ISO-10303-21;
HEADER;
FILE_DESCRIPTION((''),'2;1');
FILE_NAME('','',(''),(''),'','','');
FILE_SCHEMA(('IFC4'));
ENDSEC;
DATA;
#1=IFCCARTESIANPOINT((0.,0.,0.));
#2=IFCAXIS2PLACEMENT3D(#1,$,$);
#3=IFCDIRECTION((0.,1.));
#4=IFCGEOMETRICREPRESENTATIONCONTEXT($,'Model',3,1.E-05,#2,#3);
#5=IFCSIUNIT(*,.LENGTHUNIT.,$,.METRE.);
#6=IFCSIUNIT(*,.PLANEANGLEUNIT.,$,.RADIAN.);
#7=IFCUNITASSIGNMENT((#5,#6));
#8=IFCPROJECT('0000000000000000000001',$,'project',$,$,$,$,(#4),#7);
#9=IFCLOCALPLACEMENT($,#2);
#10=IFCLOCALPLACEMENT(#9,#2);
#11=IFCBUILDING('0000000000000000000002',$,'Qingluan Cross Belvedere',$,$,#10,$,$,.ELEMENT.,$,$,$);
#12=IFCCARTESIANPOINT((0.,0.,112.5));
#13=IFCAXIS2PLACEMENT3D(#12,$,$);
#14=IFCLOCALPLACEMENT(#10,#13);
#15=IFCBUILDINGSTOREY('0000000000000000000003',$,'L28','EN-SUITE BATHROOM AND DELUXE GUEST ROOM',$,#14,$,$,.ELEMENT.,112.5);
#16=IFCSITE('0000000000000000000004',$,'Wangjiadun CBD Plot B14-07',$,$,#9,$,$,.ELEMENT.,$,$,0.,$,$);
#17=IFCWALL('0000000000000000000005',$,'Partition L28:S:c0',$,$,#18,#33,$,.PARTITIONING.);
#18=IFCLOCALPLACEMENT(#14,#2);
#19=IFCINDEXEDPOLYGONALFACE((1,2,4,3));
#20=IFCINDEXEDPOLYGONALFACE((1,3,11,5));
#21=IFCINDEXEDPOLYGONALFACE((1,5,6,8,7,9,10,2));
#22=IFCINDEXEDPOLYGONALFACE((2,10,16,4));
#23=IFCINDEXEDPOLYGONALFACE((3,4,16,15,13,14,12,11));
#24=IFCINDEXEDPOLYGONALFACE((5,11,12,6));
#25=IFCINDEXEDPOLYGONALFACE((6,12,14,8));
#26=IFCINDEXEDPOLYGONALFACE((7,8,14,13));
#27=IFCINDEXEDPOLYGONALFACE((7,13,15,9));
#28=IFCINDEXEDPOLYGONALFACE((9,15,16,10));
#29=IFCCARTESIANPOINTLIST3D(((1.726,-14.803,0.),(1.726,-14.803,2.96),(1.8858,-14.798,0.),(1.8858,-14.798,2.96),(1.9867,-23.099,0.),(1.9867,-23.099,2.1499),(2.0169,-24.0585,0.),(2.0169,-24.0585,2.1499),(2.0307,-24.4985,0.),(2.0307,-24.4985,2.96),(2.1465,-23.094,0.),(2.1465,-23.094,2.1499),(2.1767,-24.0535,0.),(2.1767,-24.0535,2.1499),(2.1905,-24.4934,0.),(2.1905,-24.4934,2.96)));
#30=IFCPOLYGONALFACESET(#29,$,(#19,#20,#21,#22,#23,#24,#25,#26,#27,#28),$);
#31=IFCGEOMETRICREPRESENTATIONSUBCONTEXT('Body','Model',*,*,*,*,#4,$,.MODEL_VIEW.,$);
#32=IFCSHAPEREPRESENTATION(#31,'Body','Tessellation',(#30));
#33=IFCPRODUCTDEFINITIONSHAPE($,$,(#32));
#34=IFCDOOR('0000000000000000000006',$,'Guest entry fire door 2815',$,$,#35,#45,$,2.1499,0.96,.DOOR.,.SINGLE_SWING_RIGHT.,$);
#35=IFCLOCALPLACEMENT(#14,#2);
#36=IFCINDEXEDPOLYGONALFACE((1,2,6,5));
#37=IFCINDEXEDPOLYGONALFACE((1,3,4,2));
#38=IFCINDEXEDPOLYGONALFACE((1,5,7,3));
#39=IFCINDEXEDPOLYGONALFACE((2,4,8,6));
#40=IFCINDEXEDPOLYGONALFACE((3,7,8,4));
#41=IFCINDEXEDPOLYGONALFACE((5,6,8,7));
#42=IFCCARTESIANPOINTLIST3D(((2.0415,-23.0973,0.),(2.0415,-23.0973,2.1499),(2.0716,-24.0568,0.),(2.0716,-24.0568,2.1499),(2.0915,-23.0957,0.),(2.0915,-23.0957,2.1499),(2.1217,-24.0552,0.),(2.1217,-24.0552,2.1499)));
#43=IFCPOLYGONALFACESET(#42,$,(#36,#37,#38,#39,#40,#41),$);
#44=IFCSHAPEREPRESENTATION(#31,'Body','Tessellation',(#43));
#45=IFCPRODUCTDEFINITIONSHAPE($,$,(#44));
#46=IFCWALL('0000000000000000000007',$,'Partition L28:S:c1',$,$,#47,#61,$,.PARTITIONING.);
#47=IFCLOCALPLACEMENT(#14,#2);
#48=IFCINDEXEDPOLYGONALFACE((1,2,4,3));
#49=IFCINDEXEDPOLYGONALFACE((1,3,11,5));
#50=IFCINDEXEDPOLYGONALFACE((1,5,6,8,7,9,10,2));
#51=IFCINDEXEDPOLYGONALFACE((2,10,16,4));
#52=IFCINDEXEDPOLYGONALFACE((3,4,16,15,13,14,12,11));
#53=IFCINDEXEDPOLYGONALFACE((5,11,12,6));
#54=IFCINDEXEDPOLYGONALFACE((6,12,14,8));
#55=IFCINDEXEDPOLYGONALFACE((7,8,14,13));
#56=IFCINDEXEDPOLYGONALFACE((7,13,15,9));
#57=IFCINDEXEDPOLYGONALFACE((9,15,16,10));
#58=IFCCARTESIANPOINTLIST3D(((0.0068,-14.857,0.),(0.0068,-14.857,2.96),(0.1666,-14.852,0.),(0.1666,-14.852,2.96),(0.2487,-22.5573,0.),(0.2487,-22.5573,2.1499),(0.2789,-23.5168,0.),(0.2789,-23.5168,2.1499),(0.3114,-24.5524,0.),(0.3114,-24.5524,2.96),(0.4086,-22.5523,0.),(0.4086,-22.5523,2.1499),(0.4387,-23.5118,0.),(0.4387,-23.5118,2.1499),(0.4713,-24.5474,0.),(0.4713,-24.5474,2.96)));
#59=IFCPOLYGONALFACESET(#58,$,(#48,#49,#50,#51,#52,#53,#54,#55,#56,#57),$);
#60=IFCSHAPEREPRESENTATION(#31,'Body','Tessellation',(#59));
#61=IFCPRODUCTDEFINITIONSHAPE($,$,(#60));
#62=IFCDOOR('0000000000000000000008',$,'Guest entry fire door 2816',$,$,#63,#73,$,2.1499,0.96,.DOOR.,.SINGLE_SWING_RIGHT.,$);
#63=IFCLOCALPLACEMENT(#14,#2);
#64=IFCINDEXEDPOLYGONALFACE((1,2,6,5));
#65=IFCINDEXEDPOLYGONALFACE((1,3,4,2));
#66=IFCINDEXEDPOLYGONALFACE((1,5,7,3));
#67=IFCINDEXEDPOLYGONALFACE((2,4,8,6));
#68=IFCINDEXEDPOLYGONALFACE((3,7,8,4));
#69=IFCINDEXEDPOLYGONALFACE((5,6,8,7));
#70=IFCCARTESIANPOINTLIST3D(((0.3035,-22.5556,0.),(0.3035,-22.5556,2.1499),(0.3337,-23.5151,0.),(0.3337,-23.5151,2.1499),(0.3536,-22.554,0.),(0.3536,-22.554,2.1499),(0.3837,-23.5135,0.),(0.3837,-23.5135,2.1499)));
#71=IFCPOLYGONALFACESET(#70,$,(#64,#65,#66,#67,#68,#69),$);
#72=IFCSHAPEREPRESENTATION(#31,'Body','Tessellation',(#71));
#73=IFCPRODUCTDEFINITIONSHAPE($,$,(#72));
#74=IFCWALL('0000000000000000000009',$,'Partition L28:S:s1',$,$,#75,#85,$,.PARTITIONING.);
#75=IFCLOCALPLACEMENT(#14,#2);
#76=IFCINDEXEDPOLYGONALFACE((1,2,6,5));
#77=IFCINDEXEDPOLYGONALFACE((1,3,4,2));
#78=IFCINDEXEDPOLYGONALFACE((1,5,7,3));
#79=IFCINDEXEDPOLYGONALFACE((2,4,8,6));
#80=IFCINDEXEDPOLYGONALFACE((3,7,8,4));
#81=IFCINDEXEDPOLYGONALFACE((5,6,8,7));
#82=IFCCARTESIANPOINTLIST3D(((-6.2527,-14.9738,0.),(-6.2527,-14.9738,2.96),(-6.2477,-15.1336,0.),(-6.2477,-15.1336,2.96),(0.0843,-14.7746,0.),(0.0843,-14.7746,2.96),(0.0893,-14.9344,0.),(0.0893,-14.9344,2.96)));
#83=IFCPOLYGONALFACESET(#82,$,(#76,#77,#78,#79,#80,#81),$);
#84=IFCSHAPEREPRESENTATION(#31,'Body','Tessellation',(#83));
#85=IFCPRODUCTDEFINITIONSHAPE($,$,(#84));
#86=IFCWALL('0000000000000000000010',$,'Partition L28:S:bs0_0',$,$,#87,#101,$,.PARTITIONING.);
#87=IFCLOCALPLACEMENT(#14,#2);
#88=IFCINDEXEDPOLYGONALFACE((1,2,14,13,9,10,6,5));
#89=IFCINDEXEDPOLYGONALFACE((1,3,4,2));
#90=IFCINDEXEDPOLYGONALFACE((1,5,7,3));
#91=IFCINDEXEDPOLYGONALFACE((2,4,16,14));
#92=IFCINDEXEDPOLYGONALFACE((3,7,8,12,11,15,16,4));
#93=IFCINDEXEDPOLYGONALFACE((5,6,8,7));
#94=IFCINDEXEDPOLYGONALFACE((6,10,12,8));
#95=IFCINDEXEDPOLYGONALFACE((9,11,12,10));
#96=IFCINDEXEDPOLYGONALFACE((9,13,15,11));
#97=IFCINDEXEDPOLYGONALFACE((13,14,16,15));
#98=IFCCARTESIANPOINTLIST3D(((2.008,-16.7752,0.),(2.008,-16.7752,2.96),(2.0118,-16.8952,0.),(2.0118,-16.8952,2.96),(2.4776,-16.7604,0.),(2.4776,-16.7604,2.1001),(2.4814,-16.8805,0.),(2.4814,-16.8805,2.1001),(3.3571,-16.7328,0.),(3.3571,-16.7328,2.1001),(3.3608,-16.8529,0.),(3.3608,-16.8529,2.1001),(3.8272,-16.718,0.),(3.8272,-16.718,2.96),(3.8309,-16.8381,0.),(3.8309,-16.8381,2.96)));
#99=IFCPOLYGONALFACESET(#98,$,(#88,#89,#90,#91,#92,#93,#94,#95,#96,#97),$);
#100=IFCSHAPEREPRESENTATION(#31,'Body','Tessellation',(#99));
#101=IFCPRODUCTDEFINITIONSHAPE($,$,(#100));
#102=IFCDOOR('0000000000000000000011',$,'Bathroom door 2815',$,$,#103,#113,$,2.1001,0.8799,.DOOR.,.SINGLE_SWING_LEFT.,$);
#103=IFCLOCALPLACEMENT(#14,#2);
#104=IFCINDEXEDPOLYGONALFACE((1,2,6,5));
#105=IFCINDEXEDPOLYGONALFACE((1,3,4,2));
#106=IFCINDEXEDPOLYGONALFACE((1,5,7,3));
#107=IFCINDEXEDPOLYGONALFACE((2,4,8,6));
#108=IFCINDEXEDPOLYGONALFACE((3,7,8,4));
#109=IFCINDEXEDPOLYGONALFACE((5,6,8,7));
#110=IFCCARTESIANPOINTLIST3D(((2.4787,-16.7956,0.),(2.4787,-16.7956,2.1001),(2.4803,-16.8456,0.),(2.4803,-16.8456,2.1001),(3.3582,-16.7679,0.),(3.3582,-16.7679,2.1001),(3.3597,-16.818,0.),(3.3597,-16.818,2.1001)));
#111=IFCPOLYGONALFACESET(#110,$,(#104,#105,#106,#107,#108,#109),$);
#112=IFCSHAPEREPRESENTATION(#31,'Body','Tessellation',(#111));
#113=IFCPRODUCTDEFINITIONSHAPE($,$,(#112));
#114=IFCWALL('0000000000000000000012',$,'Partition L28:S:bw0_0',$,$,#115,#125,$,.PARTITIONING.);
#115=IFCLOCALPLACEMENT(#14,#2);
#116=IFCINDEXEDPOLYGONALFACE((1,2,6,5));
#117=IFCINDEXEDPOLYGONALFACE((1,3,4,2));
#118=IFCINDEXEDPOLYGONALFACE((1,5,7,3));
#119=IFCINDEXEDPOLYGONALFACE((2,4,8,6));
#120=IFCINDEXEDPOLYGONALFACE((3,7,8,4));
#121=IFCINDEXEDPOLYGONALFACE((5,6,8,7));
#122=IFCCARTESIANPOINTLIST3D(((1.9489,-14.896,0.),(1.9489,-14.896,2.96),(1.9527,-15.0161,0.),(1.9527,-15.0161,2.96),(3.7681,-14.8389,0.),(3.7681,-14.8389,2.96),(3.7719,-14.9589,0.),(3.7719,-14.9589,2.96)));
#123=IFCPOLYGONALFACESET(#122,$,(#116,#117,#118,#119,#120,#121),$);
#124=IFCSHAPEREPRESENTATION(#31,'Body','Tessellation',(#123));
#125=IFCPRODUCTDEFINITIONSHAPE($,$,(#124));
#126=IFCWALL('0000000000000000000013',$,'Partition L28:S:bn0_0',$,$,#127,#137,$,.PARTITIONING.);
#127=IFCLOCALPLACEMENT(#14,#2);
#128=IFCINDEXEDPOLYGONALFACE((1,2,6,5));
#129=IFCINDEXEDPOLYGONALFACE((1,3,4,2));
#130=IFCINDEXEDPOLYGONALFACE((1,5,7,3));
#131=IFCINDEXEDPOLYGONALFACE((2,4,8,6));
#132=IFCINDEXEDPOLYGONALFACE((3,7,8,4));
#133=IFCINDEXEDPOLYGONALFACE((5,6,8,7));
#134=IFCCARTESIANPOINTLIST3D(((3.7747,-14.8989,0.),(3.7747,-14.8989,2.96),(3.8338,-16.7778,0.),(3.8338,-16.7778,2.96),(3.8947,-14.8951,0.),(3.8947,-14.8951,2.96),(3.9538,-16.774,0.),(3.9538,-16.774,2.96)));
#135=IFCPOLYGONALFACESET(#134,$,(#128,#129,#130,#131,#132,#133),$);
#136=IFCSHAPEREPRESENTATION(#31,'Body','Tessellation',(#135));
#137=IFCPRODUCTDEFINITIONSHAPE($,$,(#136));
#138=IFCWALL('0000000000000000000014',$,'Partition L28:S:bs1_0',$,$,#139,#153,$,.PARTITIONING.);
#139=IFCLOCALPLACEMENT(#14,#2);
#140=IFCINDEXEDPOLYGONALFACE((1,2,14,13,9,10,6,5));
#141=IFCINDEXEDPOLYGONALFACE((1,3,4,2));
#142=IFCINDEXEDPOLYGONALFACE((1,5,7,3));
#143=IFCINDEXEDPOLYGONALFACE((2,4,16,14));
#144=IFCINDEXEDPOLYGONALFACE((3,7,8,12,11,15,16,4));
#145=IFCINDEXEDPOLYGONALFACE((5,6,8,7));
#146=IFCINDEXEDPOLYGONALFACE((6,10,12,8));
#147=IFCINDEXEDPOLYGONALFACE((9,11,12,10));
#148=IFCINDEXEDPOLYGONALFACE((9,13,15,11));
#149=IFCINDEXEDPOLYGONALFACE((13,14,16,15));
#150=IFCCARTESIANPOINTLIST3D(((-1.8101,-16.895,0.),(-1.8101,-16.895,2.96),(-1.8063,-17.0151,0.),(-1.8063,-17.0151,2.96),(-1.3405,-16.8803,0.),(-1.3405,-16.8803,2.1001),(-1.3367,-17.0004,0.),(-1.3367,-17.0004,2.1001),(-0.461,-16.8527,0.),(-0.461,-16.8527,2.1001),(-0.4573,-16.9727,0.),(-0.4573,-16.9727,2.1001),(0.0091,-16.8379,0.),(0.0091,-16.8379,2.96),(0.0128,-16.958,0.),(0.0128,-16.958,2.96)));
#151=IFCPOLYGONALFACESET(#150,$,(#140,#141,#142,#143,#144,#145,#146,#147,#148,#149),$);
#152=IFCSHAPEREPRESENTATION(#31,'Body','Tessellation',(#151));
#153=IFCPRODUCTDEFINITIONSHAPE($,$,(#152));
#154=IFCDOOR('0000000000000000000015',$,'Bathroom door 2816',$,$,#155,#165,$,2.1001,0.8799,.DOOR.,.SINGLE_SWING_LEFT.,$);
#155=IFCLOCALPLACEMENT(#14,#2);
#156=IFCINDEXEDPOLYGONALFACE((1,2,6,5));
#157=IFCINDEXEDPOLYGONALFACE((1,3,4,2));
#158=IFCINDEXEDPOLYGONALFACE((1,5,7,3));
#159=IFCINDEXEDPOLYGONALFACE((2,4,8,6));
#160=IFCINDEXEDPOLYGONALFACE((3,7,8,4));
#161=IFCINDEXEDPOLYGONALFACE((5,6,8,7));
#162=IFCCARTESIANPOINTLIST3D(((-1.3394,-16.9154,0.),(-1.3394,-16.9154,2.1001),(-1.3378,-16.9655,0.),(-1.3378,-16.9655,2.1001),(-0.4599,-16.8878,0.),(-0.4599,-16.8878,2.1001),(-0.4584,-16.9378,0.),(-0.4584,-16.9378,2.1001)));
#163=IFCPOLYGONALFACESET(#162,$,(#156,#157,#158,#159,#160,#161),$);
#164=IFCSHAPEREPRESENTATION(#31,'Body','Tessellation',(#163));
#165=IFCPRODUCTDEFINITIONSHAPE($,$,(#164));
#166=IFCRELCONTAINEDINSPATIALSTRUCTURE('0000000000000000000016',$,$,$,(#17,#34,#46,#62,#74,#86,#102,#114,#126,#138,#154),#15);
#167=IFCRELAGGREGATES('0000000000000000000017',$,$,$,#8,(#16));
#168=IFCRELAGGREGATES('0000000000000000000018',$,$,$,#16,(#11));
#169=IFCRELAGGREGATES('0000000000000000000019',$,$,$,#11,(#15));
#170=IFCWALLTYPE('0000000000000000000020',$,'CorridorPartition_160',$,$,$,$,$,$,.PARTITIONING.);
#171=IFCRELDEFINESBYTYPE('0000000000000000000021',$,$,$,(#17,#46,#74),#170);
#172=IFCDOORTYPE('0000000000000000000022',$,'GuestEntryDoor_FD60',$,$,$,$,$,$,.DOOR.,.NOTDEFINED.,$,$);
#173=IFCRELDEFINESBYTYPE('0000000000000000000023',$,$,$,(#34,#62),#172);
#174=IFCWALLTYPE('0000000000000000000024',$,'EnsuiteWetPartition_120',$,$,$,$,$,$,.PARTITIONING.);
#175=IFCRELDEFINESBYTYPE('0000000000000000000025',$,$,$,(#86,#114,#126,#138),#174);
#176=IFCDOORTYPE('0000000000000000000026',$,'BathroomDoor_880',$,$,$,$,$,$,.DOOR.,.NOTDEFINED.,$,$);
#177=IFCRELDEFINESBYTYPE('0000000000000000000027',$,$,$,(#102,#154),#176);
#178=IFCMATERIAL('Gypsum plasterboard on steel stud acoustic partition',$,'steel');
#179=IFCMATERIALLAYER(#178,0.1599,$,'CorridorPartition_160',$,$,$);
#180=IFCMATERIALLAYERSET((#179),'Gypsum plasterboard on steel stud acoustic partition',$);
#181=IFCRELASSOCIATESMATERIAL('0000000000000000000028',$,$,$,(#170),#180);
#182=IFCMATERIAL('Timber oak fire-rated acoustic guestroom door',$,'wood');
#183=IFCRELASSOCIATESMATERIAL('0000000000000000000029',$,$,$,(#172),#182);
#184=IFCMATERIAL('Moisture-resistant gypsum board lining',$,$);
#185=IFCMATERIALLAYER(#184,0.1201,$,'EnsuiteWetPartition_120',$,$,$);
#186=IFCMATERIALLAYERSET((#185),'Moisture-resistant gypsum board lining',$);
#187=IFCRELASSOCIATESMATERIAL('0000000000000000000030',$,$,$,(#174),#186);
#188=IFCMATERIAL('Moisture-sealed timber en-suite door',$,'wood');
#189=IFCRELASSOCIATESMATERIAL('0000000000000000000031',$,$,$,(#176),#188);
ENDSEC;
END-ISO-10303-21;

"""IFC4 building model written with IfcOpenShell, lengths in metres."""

from ifc_helpers import new_model, si_unit, direction, frame, frame_2d, origin, place, context, subcontext, project, spatial, rectangle, extrude, material, layer, layer_set, type_object, element, fill, save


model = new_model("IFC4")

# Units and contexts
model_context = context("Model", 3, precision=1e-05, world=origin(), true_north=direction((0.0, 1.0)))
body_context = subcontext(model_context, "Body", "Model", "MODEL_VIEW")
ifc_project = project(units=[si_unit("LENGTHUNIT", "METRE"), si_unit("PLANEANGLEUNIT", "RADIAN")], contexts=[model_context])

# Site, building, storey
site_placement = place(None, origin())
site = spatial("IfcSite", under=ifc_project, at=site_placement, Name="Wangjiadun CBD Plot B14-07", CompositionType="ELEMENT", RefElevation=0.0)
building_placement = place(site_placement, origin())
building = spatial("IfcBuilding", under=site, at=building_placement, Name="Qingluan Cross Belvedere", CompositionType="ELEMENT")
storey_placement = place(building_placement, frame((0.0, 0.0, 112.5)))
storey = spatial("IfcBuildingStorey", under=building, at=storey_placement, Name="L28", Description="EN-SUITE BATHROOM AND DELUXE GUEST ROOM", CompositionType="ELEMENT", Elevation=112.5)

# Walls, openings, doors
ifc_material_1 = material(Name="Gypsum plasterboard on steel stud acoustic partition", Category="steel")
ifc_layer_1 = layer(ifc_material_1, 0.1599, Name="CorridorPartition_160")
ifc_layer_set_1 = layer_set([ifc_layer_1], Name="Gypsum plasterboard on steel stud acoustic partition")
wall_type_1 = type_object("IfcWallType", Name="CorridorPartition_160", PredefinedType="PARTITIONING", material=ifc_layer_set_1)
wall_1_placement = place(storey_placement, frame((1.8059, -14.8005, 0.0), z_axis=(0.0, 0.0, 1.0), x_axis=(0.031411, -0.999507, 0.0)))
wall_1 = element("IfcWall", 1, at=wall_1_placement, inside=storey, type_object=wall_type_1, Name="Partition L28:S:c0", PredefinedType="PARTITIONING", context=body_context, shape_type="SweptSolid", body=[
    extrude(rectangle(XDim=9.7002, YDim=0.1599, at=frame_2d((4.8501, 0.0))), origin(), (0.0, 0.0, 1.0), 2.96),
])
opening_1_placement = place(wall_1_placement, frame((8.3, 0.0, 0.0)))
opening_1 = element("IfcOpeningElement", 2, at=opening_1_placement, cuts=wall_1, PredefinedType="OPENING", context=body_context, shape_type="SweptSolid", body=[
    extrude(rectangle(XDim=0.96, YDim=2.1499, at=frame_2d((0.48, 1.075))), frame((0.0, 0.0898, 0.0), z_axis=(0.0, -1.0, 0.0), x_axis=(1.0, 0.0, 0.0)), (0.0, 0.0, 1.0), 0.1799),
])
ifc_material_2 = material(Name="Timber oak fire-rated acoustic guestroom door", Category="wood")
door_type_1 = type_object("IfcDoorType", Name="GuestEntryDoor_FD60", OperationType="NOTDEFINED", PredefinedType="DOOR", material=ifc_material_2)
door_1_placement = place(opening_1_placement, origin())
door_1 = element("IfcDoor", 3, at=door_1_placement, inside=storey, type_object=door_type_1, Name="Guest entry fire door 2815", OperationType="SINGLE_SWING_RIGHT", OverallHeight=2.1499, OverallWidth=0.96, PredefinedType="DOOR", context=body_context, shape_type="SweptSolid", body=[
    extrude(rectangle(XDim=0.96, YDim=2.1499, at=frame_2d((0.48, 1.075))), frame((0.0, 0.0249, 0.0), z_axis=(0.0, -1.0, 0.0), x_axis=(1.0, 0.0, 0.0)), (0.0, 0.0, 1.0), 0.05),
])
fill(opening_1, door_1)
wall_2_placement = place(storey_placement, frame((0.0867, -14.8545, 0.0), z_axis=(0.0, 0.0, 1.0), x_axis=(0.031411, -0.999507, 0.0)))
wall_2 = element("IfcWall", 4, at=wall_2_placement, inside=storey, type_object=wall_type_1, Name="Partition L28:S:c1", PredefinedType="PARTITIONING", context=body_context, shape_type="SweptSolid", body=[
    extrude(rectangle(XDim=9.7002, YDim=0.1599, at=frame_2d((4.8501, 0.0))), origin(), (0.0, 0.0, 1.0), 2.96),
])
opening_2_placement = place(wall_2_placement, frame((7.7041, 0.0, 0.0)))
opening_2 = element("IfcOpeningElement", 5, at=opening_2_placement, cuts=wall_2, PredefinedType="OPENING", context=body_context, shape_type="SweptSolid", body=[
    extrude(rectangle(XDim=0.96, YDim=2.1499, at=frame_2d((0.48, 1.075))), frame((0.0, 0.0898, 0.0), z_axis=(0.0, -1.0, 0.0), x_axis=(1.0, 0.0, 0.0)), (0.0, 0.0, 1.0), 0.1799),
])
door_2_placement = place(opening_2_placement, origin())
door_2 = element("IfcDoor", 6, at=door_2_placement, inside=storey, type_object=door_type_1, Name="Guest entry fire door 2816", OperationType="SINGLE_SWING_RIGHT", OverallHeight=2.1499, OverallWidth=0.96, PredefinedType="DOOR", context=body_context, shape_type="SweptSolid", body=[
    extrude(rectangle(XDim=0.96, YDim=2.1499, at=frame_2d((0.48, 1.075))), frame((0.0, 0.0249, 0.0), z_axis=(0.0, -1.0, 0.0), x_axis=(1.0, 0.0, 0.0)), (0.0, 0.0, 1.0), 0.05),
])
fill(opening_2, door_2)

# Wall
wall_3_placement = place(storey_placement, frame((0.0867, -14.8545, 0.0), z_axis=(0.0, 0.0, 1.0), x_axis=(-0.999506, -0.031422, 0.0)))
element("IfcWall", 7, at=wall_3_placement, inside=storey, type_object=wall_type_1, Name="Partition L28:S:s1", PredefinedType="PARTITIONING", context=body_context, shape_type="SweptSolid", body=[
    extrude(rectangle(XDim=6.3401, YDim=0.1599, at=frame_2d((3.1699, 0.0))), origin(), (0.0, 0.0, 1.0), 2.96),
])

# Wall, opening, door
ifc_material_3 = material(Name="Moisture-resistant gypsum board lining")
ifc_layer_2 = layer(ifc_material_3, 0.1201, Name="EnsuiteWetPartition_120")
ifc_layer_set_2 = layer_set([ifc_layer_2], Name="Moisture-resistant gypsum board lining")
wall_type_2 = type_object("IfcWallType", Name="EnsuiteWetPartition_120", PredefinedType="PARTITIONING", material=ifc_layer_set_2)
wall_4_placement = place(storey_placement, frame((2.0098, -16.8352, 0.0), z_axis=(0.0, 0.0, 1.0), x_axis=(0.999507, 0.03139, 0.0)))
wall_4 = element("IfcWall", 8, at=wall_4_placement, inside=storey, type_object=wall_type_2, Name="Partition L28:S:bs0_0", PredefinedType="PARTITIONING", context=body_context, shape_type="SweptSolid", body=[
    extrude(rectangle(XDim=1.8201, YDim=0.1201, at=frame_2d((0.9102, 0.0))), origin(), (0.0, 0.0, 1.0), 2.96),
])
opening_3_placement = place(wall_4_placement, frame((0.47, 0.0, 0.0)))
opening_3 = element("IfcOpeningElement", 9, at=opening_3_placement, cuts=wall_4, PredefinedType="OPENING", context=body_context, shape_type="SweptSolid", body=[
    extrude(rectangle(XDim=0.8799, YDim=2.1001, at=frame_2d((0.4399, 1.05))), frame((0.0, 0.0701, 0.0), z_axis=(0.0, -1.0, 0.0), x_axis=(1.0, 0.0, 0.0)), (0.0, 0.0, 1.0), 0.1401),
])
ifc_material_4 = material(Name="Moisture-sealed timber en-suite door", Category="wood")
door_type_2 = type_object("IfcDoorType", Name="BathroomDoor_880", OperationType="NOTDEFINED", PredefinedType="DOOR", material=ifc_material_4)
door_3_placement = place(opening_3_placement, origin())
door_3 = element("IfcDoor", 10, at=door_3_placement, inside=storey, type_object=door_type_2, Name="Bathroom door 2815", OperationType="SINGLE_SWING_LEFT", OverallHeight=2.1001, OverallWidth=0.8799, PredefinedType="DOOR", context=body_context, shape_type="SweptSolid", body=[
    extrude(rectangle(XDim=0.8799, YDim=2.1001, at=frame_2d((0.4399, 1.05))), frame((0.0, 0.0249, 0.0), z_axis=(0.0, -1.0, 0.0), x_axis=(1.0, 0.0, 0.0)), (0.0, 0.0, 1.0), 0.05),
])
fill(opening_3, door_3)

# Walls
wall_5_placement = place(storey_placement, frame((1.9507, -14.9561, 0.0), z_axis=(0.0, 0.0, 1.0), x_axis=(0.999507, 0.03139, 0.0)))
element("IfcWall", 11, at=wall_5_placement, inside=storey, type_object=wall_type_2, Name="Partition L28:S:bw0_0", PredefinedType="PARTITIONING", context=body_context, shape_type="SweptSolid", body=[
    extrude(rectangle(XDim=1.8201, YDim=0.1201, at=frame_2d((0.9102, 0.0))), origin(), (0.0, 0.0, 1.0), 2.96),
])
wall_6_placement = place(storey_placement, frame((3.8347, -14.897, 0.0), z_axis=(0.0, 0.0, 1.0), x_axis=(0.031429, -0.999506, 0.0)))
element("IfcWall", 12, at=wall_6_placement, inside=storey, type_object=wall_type_2, Name="Partition L28:S:bn0_0", PredefinedType="PARTITIONING", context=body_context, shape_type="SweptSolid", body=[
    extrude(rectangle(XDim=1.8799, YDim=0.1201, at=frame_2d((0.9399, 0.0))), origin(), (0.0, 0.0, 1.0), 2.96),
])

# Wall, opening, door
wall_7_placement = place(storey_placement, frame((-1.8083, -16.9551, 0.0), z_axis=(0.0, 0.0, 1.0), x_axis=(0.999507, 0.03139, 0.0)))
wall_7 = element("IfcWall", 13, at=wall_7_placement, inside=storey, type_object=wall_type_2, Name="Partition L28:S:bs1_0", PredefinedType="PARTITIONING", context=body_context, shape_type="SweptSolid", body=[
    extrude(rectangle(XDim=1.8201, YDim=0.1201, at=frame_2d((0.9102, 0.0))), origin(), (0.0, 0.0, 1.0), 2.96),
])
opening_4_placement = place(wall_7_placement, frame((0.47, 0.0, 0.0)))
opening_4 = element("IfcOpeningElement", 14, at=opening_4_placement, cuts=wall_7, PredefinedType="OPENING", context=body_context, shape_type="SweptSolid", body=[
    extrude(rectangle(XDim=0.8799, YDim=2.1001, at=frame_2d((0.4399, 1.05))), frame((0.0, 0.0701, 0.0), z_axis=(0.0, -1.0, 0.0), x_axis=(1.0, 0.0, 0.0)), (0.0, 0.0, 1.0), 0.1401),
])
door_4_placement = place(opening_4_placement, origin())
door_4 = element("IfcDoor", 15, at=door_4_placement, inside=storey, type_object=door_type_2, Name="Bathroom door 2816", OperationType="SINGLE_SWING_LEFT", OverallHeight=2.1001, OverallWidth=0.8799, PredefinedType="DOOR", context=body_context, shape_type="SweptSolid", body=[
    extrude(rectangle(XDim=0.8799, YDim=2.1001, at=frame_2d((0.4399, 1.05))), frame((0.0, 0.0249, 0.0), z_axis=(0.0, -1.0, 0.0), x_axis=(1.0, 0.0, 0.0)), (0.0, 0.0, 1.0), 0.05),
])
fill(opening_4, door_4)

save(model, "model.ifc")
